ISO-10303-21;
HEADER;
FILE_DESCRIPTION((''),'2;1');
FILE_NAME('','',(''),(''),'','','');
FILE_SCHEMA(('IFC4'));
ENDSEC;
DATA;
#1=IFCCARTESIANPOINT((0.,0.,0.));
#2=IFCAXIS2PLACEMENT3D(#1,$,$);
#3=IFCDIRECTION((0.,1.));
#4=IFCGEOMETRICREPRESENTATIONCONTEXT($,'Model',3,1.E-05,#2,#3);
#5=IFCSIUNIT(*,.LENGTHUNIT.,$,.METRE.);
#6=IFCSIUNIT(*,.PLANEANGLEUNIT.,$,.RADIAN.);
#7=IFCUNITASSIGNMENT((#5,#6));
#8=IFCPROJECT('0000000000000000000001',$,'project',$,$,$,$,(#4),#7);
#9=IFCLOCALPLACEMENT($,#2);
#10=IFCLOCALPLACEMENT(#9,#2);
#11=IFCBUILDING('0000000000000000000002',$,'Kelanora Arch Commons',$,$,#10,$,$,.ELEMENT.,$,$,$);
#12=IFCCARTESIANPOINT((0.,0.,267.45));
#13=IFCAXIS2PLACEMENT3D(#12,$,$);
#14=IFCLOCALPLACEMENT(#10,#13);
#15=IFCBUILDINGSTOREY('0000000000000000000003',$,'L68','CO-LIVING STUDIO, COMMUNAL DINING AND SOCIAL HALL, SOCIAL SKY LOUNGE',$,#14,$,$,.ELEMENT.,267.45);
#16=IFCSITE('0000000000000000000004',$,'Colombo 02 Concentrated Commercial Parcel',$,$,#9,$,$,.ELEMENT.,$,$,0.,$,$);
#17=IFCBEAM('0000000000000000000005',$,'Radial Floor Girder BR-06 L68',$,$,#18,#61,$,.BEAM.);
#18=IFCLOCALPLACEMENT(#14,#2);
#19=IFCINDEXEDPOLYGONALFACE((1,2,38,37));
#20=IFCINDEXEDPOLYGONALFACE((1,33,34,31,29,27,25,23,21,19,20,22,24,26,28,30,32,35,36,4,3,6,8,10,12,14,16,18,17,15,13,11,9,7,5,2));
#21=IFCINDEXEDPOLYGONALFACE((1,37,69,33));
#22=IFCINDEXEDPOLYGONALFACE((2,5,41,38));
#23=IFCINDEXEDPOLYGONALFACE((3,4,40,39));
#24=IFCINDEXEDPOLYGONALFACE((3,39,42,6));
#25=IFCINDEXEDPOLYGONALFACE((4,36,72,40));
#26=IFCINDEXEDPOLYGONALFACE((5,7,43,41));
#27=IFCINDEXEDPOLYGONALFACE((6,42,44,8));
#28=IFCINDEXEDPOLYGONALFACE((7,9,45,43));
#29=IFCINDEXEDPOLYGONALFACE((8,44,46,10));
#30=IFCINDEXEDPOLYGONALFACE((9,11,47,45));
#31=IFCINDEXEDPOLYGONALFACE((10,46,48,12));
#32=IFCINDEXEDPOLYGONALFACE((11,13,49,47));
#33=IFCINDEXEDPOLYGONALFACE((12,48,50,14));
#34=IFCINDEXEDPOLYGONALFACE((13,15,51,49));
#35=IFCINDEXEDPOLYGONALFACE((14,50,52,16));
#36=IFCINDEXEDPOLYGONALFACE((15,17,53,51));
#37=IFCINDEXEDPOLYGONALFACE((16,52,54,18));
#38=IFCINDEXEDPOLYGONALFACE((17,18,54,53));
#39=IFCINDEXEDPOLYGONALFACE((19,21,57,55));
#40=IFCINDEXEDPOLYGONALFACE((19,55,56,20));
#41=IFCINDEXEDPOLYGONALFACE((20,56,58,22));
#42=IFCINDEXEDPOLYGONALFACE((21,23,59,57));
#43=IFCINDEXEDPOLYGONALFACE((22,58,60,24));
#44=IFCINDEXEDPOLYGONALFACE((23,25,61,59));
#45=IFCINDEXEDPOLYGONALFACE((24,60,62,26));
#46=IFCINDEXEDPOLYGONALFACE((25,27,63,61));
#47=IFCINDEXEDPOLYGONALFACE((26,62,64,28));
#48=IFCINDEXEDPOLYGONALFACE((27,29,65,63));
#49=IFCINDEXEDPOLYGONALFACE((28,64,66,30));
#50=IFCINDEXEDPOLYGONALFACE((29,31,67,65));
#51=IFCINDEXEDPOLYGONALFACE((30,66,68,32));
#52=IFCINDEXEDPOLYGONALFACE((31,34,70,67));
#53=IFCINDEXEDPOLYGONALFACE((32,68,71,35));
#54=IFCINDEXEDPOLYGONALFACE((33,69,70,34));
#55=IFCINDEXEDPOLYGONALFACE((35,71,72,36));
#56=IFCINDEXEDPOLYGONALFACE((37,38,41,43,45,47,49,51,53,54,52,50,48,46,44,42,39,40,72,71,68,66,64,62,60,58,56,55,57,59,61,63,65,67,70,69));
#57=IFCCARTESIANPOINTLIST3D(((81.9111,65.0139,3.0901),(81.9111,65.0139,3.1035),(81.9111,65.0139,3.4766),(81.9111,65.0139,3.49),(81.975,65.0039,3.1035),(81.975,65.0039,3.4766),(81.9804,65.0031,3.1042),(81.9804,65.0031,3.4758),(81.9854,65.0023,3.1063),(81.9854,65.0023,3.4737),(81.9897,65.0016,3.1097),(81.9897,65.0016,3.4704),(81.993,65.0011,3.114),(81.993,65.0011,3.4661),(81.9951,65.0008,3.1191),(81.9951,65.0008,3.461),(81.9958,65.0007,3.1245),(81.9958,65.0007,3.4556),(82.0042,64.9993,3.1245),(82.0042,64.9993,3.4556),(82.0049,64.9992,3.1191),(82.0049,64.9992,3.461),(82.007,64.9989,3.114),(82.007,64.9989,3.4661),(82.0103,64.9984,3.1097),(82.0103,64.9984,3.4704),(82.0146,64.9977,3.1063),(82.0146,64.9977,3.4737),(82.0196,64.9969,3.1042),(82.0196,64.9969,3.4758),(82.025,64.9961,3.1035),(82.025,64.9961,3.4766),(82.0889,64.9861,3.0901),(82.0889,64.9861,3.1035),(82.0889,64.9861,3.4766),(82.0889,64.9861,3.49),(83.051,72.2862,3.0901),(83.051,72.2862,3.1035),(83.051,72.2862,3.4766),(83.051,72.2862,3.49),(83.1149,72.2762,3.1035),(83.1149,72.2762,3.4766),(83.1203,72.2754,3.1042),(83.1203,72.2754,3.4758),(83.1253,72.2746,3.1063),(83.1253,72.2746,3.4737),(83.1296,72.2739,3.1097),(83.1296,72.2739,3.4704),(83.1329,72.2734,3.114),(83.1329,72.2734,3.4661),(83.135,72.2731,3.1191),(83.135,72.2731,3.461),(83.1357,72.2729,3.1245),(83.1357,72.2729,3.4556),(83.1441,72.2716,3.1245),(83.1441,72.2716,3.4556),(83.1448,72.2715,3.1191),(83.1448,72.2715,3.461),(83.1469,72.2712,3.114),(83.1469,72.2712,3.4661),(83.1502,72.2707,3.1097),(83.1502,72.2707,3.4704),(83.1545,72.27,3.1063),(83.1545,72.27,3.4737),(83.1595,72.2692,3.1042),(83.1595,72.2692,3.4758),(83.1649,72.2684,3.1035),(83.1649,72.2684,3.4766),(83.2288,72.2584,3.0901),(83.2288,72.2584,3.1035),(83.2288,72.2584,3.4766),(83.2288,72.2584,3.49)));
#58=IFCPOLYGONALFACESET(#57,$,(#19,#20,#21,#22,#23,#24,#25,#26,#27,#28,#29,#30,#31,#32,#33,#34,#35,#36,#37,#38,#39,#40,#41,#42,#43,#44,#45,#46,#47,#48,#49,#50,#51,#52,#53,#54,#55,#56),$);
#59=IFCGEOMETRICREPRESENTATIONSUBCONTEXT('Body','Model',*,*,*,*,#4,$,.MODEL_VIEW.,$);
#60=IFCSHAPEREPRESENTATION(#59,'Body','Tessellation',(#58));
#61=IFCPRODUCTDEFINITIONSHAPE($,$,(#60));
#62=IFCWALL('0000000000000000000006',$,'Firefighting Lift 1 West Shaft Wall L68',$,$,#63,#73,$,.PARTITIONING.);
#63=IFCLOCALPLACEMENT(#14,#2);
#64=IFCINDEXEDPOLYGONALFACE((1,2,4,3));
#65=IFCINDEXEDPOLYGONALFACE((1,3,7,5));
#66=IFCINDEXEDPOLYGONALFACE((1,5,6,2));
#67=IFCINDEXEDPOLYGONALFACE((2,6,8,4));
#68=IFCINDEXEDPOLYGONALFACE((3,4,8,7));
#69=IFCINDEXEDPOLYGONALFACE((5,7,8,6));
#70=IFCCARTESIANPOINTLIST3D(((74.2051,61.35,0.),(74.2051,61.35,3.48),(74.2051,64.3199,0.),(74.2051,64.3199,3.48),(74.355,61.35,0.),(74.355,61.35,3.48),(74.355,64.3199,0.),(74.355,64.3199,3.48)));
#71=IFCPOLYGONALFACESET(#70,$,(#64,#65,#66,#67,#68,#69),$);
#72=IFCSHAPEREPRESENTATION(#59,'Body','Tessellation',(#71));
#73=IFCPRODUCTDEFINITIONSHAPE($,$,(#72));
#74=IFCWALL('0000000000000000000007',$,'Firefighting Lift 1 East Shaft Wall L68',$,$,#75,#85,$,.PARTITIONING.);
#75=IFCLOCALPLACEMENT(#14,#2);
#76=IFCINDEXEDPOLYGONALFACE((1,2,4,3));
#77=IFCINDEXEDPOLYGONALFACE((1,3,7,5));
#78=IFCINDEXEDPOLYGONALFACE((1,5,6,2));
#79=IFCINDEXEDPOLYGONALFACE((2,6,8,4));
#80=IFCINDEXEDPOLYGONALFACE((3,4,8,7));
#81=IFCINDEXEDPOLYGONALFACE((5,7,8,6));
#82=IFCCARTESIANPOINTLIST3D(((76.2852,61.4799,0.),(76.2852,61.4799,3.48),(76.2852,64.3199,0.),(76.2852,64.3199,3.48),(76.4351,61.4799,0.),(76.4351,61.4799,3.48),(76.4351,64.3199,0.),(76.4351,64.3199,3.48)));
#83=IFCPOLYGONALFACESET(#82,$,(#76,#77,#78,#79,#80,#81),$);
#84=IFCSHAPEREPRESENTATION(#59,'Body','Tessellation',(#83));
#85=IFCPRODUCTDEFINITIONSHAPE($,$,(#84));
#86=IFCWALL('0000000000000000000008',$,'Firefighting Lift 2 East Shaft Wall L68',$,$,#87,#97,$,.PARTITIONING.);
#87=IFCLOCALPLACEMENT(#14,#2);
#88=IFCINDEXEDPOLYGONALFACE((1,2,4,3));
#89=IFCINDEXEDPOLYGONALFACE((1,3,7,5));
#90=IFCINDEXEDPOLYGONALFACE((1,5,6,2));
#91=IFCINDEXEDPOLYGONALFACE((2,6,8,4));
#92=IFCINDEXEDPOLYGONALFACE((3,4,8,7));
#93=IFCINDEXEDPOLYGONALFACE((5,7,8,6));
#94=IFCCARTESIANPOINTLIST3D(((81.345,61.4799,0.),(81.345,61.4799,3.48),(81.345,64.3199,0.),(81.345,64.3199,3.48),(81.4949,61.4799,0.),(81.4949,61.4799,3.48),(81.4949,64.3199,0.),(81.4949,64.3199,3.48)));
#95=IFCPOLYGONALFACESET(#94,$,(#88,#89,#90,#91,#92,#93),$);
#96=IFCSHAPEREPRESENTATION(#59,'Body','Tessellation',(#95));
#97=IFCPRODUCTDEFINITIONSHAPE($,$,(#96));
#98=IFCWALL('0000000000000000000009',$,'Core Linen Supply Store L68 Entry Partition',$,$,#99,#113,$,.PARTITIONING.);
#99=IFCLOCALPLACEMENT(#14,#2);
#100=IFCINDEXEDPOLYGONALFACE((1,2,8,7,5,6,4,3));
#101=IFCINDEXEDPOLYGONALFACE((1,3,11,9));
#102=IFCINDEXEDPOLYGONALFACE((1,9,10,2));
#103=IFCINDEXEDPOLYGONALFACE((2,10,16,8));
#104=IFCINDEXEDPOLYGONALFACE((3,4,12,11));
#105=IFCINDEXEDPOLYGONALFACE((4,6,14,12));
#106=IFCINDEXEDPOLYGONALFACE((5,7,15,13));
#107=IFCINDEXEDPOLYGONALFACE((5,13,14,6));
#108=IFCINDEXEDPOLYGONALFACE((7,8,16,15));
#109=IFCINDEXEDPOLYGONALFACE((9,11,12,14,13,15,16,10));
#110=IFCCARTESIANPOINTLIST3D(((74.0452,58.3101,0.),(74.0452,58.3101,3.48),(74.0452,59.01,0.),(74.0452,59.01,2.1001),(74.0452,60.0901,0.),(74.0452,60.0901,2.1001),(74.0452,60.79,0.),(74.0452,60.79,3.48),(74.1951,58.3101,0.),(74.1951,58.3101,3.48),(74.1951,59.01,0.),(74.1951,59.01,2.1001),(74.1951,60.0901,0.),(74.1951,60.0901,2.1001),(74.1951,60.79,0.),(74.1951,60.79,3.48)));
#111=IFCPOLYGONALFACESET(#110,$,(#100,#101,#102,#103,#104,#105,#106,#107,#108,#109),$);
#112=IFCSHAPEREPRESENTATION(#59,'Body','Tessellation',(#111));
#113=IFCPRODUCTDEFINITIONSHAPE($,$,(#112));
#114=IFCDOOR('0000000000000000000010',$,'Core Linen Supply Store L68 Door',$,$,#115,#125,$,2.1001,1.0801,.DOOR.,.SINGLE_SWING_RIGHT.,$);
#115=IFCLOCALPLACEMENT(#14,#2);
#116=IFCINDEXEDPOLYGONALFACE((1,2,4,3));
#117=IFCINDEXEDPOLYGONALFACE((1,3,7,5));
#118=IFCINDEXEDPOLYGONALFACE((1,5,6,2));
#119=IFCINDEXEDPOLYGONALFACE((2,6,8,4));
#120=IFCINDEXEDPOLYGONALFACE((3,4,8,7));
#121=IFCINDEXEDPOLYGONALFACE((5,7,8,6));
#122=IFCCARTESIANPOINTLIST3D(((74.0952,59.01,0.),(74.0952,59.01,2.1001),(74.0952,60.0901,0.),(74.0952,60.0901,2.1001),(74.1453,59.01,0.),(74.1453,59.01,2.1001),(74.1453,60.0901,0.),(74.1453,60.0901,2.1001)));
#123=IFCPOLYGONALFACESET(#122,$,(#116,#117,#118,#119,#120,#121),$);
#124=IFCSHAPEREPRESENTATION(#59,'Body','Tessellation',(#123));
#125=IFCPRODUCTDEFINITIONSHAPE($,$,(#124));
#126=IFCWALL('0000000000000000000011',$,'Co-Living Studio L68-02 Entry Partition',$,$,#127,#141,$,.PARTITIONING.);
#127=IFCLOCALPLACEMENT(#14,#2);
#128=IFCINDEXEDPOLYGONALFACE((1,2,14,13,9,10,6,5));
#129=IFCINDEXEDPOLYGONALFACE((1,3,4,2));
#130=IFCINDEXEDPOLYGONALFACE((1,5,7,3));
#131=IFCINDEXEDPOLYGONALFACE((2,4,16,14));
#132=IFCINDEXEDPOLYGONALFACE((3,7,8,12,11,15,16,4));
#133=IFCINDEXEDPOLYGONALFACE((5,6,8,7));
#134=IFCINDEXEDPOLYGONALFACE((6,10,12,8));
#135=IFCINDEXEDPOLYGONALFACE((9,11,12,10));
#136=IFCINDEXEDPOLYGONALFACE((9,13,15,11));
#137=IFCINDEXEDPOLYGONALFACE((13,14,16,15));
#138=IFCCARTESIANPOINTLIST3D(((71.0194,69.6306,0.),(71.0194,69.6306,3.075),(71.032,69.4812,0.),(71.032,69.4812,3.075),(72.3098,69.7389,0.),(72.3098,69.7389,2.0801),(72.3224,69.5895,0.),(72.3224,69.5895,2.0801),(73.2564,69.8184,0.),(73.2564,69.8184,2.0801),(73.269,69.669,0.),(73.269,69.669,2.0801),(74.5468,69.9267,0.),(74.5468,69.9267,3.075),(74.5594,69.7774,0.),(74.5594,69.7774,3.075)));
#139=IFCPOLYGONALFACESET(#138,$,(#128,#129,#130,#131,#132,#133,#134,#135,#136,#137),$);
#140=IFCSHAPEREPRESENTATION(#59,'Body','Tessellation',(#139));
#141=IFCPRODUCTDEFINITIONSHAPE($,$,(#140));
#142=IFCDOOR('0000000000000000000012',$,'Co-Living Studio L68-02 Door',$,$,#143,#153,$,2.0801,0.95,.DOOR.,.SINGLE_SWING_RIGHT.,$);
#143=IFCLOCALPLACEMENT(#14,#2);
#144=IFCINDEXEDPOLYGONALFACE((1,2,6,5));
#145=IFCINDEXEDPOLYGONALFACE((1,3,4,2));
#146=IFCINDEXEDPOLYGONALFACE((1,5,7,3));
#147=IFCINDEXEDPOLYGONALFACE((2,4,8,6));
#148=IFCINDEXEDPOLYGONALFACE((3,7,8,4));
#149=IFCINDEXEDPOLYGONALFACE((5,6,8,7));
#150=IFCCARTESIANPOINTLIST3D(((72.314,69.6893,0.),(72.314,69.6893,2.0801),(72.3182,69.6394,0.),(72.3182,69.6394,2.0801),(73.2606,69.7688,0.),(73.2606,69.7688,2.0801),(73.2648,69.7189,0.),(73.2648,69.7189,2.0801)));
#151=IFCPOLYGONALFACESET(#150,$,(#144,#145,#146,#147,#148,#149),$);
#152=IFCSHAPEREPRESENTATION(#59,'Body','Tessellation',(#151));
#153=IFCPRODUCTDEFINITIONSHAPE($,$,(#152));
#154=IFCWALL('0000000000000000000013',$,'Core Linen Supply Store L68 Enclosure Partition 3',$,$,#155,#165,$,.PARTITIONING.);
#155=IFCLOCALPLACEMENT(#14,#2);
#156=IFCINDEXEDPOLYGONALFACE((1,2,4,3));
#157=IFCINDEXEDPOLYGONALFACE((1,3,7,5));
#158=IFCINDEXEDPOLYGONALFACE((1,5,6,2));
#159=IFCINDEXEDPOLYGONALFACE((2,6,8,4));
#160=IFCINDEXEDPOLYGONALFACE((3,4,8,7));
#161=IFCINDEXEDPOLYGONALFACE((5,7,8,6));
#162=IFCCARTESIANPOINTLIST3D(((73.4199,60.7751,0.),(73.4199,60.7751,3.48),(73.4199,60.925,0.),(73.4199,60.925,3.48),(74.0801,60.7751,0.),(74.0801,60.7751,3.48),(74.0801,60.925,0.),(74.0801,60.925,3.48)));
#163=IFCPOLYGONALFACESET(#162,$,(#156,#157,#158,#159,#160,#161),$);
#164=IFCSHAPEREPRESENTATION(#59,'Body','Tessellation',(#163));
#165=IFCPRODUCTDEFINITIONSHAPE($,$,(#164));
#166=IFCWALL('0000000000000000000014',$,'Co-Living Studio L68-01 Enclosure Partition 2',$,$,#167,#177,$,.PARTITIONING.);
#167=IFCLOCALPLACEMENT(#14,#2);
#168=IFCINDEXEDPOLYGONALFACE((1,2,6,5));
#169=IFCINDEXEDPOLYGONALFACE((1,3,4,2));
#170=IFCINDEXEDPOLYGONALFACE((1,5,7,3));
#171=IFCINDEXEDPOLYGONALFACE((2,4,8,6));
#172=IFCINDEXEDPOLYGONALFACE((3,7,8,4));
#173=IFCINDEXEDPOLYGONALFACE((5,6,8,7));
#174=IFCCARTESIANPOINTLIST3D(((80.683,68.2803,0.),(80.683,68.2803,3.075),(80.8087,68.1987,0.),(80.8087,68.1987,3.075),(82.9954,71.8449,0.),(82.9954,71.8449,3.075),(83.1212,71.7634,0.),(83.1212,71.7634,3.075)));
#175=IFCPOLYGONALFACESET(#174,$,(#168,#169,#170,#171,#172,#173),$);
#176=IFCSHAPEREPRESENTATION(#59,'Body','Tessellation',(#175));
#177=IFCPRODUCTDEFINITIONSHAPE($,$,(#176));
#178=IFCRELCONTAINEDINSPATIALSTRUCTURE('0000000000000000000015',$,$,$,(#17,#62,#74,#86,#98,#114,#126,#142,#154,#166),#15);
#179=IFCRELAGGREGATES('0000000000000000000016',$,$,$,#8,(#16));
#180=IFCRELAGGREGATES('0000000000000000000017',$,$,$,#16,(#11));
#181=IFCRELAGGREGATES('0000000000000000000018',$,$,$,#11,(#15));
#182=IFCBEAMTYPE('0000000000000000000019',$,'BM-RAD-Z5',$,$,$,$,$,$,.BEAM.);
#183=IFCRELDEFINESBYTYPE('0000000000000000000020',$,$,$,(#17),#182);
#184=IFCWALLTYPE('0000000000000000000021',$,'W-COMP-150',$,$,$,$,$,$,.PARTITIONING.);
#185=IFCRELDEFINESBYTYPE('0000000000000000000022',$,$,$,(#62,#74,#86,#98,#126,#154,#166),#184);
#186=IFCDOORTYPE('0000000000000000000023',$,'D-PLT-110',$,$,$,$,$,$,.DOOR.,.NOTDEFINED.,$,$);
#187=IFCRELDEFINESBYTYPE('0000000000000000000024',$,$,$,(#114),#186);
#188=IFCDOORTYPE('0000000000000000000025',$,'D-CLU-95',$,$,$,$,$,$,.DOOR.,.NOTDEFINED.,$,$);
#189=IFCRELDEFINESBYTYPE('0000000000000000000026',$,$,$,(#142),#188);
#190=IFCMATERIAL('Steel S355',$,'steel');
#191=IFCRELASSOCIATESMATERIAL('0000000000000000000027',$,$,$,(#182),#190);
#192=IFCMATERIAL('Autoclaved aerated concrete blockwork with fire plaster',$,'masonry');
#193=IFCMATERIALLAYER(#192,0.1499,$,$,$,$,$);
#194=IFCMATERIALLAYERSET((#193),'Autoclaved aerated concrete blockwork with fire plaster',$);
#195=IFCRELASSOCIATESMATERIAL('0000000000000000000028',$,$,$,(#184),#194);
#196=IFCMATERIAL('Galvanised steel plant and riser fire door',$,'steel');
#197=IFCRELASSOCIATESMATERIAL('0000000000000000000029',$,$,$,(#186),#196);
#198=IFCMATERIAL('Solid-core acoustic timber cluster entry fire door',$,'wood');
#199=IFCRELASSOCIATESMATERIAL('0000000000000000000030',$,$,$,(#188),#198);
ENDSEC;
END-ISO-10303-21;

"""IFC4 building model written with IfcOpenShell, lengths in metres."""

from ifc_helpers import new_model, si_unit, direction, frame, frame_2d, origin, origin_2d, place, context, subcontext, project, spatial, rectangle, i_section, extrude, material, layer, layer_set, material_profile, profile_set, type_object, element, fill, save


model = new_model("IFC4")

# Units and contexts
model_context = context("Model", 3, precision=1e-05, world=origin(), true_north=direction((0.0, 1.0)))
body_context = subcontext(model_context, "Body", "Model", "MODEL_VIEW")
ifc_project = project(units=[si_unit("LENGTHUNIT", "METRE"), si_unit("PLANEANGLEUNIT", "RADIAN")], contexts=[model_context])

# Site, building, storey
site_placement = place(None, origin())
site = spatial("IfcSite", under=ifc_project, at=site_placement, Name="Colombo 02 Concentrated Commercial Parcel", CompositionType="ELEMENT", RefElevation=0.0)
building_placement = place(site_placement, origin())
building = spatial("IfcBuilding", under=site, at=building_placement, Name="Kelanora Arch Commons", CompositionType="ELEMENT")
storey_placement = place(building_placement, frame((0.0, 0.0, 267.45)))
storey = spatial("IfcBuildingStorey", under=building, at=storey_placement, Name="L68", Description="CO-LIVING STUDIO, COMMUNAL DINING AND SOCIAL HALL, SOCIAL SKY LOUNGE", CompositionType="ELEMENT", Elevation=267.45)

# Beam
ifc_material_1 = material(Name="Steel S355", Category="steel")
ifc_material_profile_1 = material_profile(ifc_material_1, i_section(OverallWidth=0.1799, OverallDepth=0.3999, WebThickness=0.0085, FlangeThickness=0.0134, FilletRadius=0.021, at=origin_2d()), Name="IPE400")
ifc_profile_set_1 = profile_set([ifc_material_profile_1], Name="Steel S355")
beam_type_1 = type_object("IfcBeamType", Name="BM-RAD-Z5", PredefinedType="BEAM", material=ifc_profile_set_1)
beam_1_placement = place(storey_placement, frame((82.0, 65.0, 3.29), z_axis=(0.154855, 0.987937, 0.0), x_axis=(-0.987937, 0.154855, 0.0)))
element("IfcBeam", 1, at=beam_1_placement, inside=storey, type_object=beam_type_1, Name="Radial Floor Girder BR-06 L68", PredefinedType="BEAM", context=body_context, shape_type="SweptSolid", body=[
    extrude(i_section(OverallWidth=0.1799, OverallDepth=0.3999, WebThickness=0.0085, FlangeThickness=0.0134, FilletRadius=0.021, at=origin_2d()), origin(), (0.0, 0.0, 1.0), 7.3611),
])

# Walls
ifc_material_2 = material(Name="Autoclaved aerated concrete blockwork with fire plaster", Category="masonry")
ifc_layer_1 = layer(ifc_material_2, 0.1499)
ifc_layer_set_1 = layer_set([ifc_layer_1], Name="Autoclaved aerated concrete blockwork with fire plaster")
wall_type_1 = type_object("IfcWallType", Name="W-COMP-150", PredefinedType="PARTITIONING", material=ifc_layer_set_1)
wall_1_placement = place(storey_placement, frame((74.28, 61.3501, 0.0), z_axis=(0.0, 0.0, 1.0), x_axis=(0.0, 1.0, 0.0)))
element("IfcWall", 2, at=wall_1_placement, inside=storey, type_object=wall_type_1, Name="Firefighting Lift 1 West Shaft Wall L68", PredefinedType="PARTITIONING", context=body_context, shape_type="SweptSolid", body=[
    extrude(rectangle(XDim=2.97, YDim=0.1499, at=frame_2d((1.4849, 0.0))), origin(), (0.0, 0.0, 1.0), 3.48),
])
for number, where, z_axis, x_axis, name in (
    (3, (76.3601, 61.48, 0.0), (0.0, 0.0, 1.0), (0.0, 1.0, 0.0), "Firefighting Lift 1 East Shaft Wall L68"),
    (4, (81.4199, 61.48, 0.0), (0.0, 0.0, 1.0), (0.0, 1.0, 0.0), "Firefighting Lift 2 East Shaft Wall L68"),
):
    element("IfcWall", number, at=place(storey_placement, frame(where, z_axis=z_axis, x_axis=x_axis)), inside=storey, type_object=wall_type_1, Name=name, PredefinedType="PARTITIONING", context=body_context, shape_type="SweptSolid", body=[
        extrude(rectangle(XDim=2.8401, YDim=0.1499, at=frame_2d((1.4199, 0.0))), origin(), (0.0, 0.0, 1.0), 3.48),
    ])

# Walls, openings, doors
wall_2_placement = place(storey_placement, frame((74.1201, 58.3101, 0.0), z_axis=(0.0, 0.0, 1.0), x_axis=(0.0, 1.0, 0.0)))
wall_2 = element("IfcWall", 5, at=wall_2_placement, inside=storey, type_object=wall_type_1, Name="Core Linen Supply Store L68 Entry Partition", PredefinedType="PARTITIONING", context=body_context, shape_type="SweptSolid", body=[
    extrude(rectangle(XDim=2.48, YDim=0.1499, at=frame_2d((1.24, 0.0))), origin(), (0.0, 0.0, 1.0), 3.48),
])
opening_1_placement = place(wall_2_placement, frame((0.7, 0.0, 0.0)))
opening_1 = element("IfcOpeningElement", 6, at=opening_1_placement, cuts=wall_2, PredefinedType="OPENING", context=body_context, shape_type="SweptSolid", body=[
    extrude(rectangle(XDim=1.0801, YDim=2.1001, at=frame_2d((0.54, 1.05))), frame((0.0, 0.085, 0.0), z_axis=(0.0, -1.0, 0.0), x_axis=(1.0, 0.0, 0.0)), (0.0, 0.0, 1.0), 0.1699),
])
ifc_material_3 = material(Name="Galvanised steel plant and riser fire door", Category="steel")
door_type_1 = type_object("IfcDoorType", Name="D-PLT-110", OperationType="NOTDEFINED", PredefinedType="DOOR", material=ifc_material_3)
door_1_placement = place(opening_1_placement, origin())
door_1 = element("IfcDoor", 7, at=door_1_placement, inside=storey, type_object=door_type_1, Name="Core Linen Supply Store L68 Door", OperationType="SINGLE_SWING_RIGHT", OverallHeight=2.1001, OverallWidth=1.0801, PredefinedType="DOOR", context=body_context, shape_type="SweptSolid", body=[
    extrude(rectangle(XDim=1.0801, YDim=2.1001, at=frame_2d((0.54, 1.05))), frame((0.0, 0.0249, 0.0), z_axis=(0.0, -1.0, 0.0), x_axis=(1.0, 0.0, 0.0)), (0.0, 0.0, 1.0), 0.05),
])
fill(opening_1, door_1)
wall_3_placement = place(storey_placement, frame((74.5532, 69.8521, 0.0), z_axis=(0.0, 0.0, 1.0), x_axis=(-0.996494, -0.083662, 0.0)))
wall_3 = element("IfcWall", 8, at=wall_3_placement, inside=storey, type_object=wall_type_1, Name="Co-Living Studio L68-02 Entry Partition", PredefinedType="PARTITIONING", context=body_context, shape_type="SweptSolid", body=[
    extrude(rectangle(XDim=3.5398, YDim=0.1499, at=frame_2d((1.77, 0.0))), origin(), (0.0, 0.0, 1.0), 3.075),
])
opening_2_placement = place(wall_3_placement, frame((1.2949, 0.0, 0.0)))
opening_2 = element("IfcOpeningElement", 9, at=opening_2_placement, cuts=wall_3, PredefinedType="OPENING", context=body_context, shape_type="SweptSolid", body=[
    extrude(rectangle(XDim=0.95, YDim=2.0801, at=frame_2d((0.4751, 1.04))), frame((0.0, 0.085, 0.0), z_axis=(0.0, -1.0, 0.0), x_axis=(1.0, 0.0, 0.0)), (0.0, 0.0, 1.0), 0.1699),
])
ifc_material_4 = material(Name="Solid-core acoustic timber cluster entry fire door", Category="wood")
door_type_2 = type_object("IfcDoorType", Name="D-CLU-95", OperationType="NOTDEFINED", PredefinedType="DOOR", material=ifc_material_4)
door_2_placement = place(opening_2_placement, origin())
door_2 = element("IfcDoor", 10, at=door_2_placement, inside=storey, type_object=door_type_2, Name="Co-Living Studio L68-02 Door", OperationType="SINGLE_SWING_RIGHT", OverallHeight=2.0801, OverallWidth=0.95, PredefinedType="DOOR", context=body_context, shape_type="SweptSolid", body=[
    extrude(rectangle(XDim=0.95, YDim=2.0801, at=frame_2d((0.4751, 1.04))), frame((0.0, 0.0249, 0.0), z_axis=(0.0, -1.0, 0.0), x_axis=(1.0, 0.0, 0.0)), (0.0, 0.0, 1.0), 0.05),
])
fill(opening_2, door_2)

# Walls
wall_4_placement = place(storey_placement, frame((74.0801, 60.8501, 0.0), z_axis=(0.0, 0.0, 1.0), x_axis=(-1.0, 0.0, 0.0)))
element("IfcWall", 11, at=wall_4_placement, inside=storey, type_object=wall_type_1, Name="Core Linen Supply Store L68 Enclosure Partition 3", PredefinedType="PARTITIONING", context=body_context, shape_type="SweptSolid", body=[
    extrude(rectangle(XDim=0.6602, YDim=0.1499, at=frame_2d((0.3301, 0.0))), origin(), (0.0, 0.0, 1.0), 3.48),
])
wall_5_placement = place(storey_placement, frame((80.7458, 68.2395, 0.0), z_axis=(0.0, 0.0, 1.0), x_axis=(0.544235, 0.838933, 0.0)))
element("IfcWall", 12, at=wall_5_placement, inside=storey, type_object=wall_type_1, Name="Co-Living Studio L68-01 Enclosure Partition 2", PredefinedType="PARTITIONING", context=body_context, shape_type="SweptSolid", body=[
    extrude(rectangle(XDim=4.249, YDim=0.1499, at=frame_2d((2.1245, 0.0))), origin(), (0.0, 0.0, 1.0), 3.075),
])

save(model, "model.ifc")
